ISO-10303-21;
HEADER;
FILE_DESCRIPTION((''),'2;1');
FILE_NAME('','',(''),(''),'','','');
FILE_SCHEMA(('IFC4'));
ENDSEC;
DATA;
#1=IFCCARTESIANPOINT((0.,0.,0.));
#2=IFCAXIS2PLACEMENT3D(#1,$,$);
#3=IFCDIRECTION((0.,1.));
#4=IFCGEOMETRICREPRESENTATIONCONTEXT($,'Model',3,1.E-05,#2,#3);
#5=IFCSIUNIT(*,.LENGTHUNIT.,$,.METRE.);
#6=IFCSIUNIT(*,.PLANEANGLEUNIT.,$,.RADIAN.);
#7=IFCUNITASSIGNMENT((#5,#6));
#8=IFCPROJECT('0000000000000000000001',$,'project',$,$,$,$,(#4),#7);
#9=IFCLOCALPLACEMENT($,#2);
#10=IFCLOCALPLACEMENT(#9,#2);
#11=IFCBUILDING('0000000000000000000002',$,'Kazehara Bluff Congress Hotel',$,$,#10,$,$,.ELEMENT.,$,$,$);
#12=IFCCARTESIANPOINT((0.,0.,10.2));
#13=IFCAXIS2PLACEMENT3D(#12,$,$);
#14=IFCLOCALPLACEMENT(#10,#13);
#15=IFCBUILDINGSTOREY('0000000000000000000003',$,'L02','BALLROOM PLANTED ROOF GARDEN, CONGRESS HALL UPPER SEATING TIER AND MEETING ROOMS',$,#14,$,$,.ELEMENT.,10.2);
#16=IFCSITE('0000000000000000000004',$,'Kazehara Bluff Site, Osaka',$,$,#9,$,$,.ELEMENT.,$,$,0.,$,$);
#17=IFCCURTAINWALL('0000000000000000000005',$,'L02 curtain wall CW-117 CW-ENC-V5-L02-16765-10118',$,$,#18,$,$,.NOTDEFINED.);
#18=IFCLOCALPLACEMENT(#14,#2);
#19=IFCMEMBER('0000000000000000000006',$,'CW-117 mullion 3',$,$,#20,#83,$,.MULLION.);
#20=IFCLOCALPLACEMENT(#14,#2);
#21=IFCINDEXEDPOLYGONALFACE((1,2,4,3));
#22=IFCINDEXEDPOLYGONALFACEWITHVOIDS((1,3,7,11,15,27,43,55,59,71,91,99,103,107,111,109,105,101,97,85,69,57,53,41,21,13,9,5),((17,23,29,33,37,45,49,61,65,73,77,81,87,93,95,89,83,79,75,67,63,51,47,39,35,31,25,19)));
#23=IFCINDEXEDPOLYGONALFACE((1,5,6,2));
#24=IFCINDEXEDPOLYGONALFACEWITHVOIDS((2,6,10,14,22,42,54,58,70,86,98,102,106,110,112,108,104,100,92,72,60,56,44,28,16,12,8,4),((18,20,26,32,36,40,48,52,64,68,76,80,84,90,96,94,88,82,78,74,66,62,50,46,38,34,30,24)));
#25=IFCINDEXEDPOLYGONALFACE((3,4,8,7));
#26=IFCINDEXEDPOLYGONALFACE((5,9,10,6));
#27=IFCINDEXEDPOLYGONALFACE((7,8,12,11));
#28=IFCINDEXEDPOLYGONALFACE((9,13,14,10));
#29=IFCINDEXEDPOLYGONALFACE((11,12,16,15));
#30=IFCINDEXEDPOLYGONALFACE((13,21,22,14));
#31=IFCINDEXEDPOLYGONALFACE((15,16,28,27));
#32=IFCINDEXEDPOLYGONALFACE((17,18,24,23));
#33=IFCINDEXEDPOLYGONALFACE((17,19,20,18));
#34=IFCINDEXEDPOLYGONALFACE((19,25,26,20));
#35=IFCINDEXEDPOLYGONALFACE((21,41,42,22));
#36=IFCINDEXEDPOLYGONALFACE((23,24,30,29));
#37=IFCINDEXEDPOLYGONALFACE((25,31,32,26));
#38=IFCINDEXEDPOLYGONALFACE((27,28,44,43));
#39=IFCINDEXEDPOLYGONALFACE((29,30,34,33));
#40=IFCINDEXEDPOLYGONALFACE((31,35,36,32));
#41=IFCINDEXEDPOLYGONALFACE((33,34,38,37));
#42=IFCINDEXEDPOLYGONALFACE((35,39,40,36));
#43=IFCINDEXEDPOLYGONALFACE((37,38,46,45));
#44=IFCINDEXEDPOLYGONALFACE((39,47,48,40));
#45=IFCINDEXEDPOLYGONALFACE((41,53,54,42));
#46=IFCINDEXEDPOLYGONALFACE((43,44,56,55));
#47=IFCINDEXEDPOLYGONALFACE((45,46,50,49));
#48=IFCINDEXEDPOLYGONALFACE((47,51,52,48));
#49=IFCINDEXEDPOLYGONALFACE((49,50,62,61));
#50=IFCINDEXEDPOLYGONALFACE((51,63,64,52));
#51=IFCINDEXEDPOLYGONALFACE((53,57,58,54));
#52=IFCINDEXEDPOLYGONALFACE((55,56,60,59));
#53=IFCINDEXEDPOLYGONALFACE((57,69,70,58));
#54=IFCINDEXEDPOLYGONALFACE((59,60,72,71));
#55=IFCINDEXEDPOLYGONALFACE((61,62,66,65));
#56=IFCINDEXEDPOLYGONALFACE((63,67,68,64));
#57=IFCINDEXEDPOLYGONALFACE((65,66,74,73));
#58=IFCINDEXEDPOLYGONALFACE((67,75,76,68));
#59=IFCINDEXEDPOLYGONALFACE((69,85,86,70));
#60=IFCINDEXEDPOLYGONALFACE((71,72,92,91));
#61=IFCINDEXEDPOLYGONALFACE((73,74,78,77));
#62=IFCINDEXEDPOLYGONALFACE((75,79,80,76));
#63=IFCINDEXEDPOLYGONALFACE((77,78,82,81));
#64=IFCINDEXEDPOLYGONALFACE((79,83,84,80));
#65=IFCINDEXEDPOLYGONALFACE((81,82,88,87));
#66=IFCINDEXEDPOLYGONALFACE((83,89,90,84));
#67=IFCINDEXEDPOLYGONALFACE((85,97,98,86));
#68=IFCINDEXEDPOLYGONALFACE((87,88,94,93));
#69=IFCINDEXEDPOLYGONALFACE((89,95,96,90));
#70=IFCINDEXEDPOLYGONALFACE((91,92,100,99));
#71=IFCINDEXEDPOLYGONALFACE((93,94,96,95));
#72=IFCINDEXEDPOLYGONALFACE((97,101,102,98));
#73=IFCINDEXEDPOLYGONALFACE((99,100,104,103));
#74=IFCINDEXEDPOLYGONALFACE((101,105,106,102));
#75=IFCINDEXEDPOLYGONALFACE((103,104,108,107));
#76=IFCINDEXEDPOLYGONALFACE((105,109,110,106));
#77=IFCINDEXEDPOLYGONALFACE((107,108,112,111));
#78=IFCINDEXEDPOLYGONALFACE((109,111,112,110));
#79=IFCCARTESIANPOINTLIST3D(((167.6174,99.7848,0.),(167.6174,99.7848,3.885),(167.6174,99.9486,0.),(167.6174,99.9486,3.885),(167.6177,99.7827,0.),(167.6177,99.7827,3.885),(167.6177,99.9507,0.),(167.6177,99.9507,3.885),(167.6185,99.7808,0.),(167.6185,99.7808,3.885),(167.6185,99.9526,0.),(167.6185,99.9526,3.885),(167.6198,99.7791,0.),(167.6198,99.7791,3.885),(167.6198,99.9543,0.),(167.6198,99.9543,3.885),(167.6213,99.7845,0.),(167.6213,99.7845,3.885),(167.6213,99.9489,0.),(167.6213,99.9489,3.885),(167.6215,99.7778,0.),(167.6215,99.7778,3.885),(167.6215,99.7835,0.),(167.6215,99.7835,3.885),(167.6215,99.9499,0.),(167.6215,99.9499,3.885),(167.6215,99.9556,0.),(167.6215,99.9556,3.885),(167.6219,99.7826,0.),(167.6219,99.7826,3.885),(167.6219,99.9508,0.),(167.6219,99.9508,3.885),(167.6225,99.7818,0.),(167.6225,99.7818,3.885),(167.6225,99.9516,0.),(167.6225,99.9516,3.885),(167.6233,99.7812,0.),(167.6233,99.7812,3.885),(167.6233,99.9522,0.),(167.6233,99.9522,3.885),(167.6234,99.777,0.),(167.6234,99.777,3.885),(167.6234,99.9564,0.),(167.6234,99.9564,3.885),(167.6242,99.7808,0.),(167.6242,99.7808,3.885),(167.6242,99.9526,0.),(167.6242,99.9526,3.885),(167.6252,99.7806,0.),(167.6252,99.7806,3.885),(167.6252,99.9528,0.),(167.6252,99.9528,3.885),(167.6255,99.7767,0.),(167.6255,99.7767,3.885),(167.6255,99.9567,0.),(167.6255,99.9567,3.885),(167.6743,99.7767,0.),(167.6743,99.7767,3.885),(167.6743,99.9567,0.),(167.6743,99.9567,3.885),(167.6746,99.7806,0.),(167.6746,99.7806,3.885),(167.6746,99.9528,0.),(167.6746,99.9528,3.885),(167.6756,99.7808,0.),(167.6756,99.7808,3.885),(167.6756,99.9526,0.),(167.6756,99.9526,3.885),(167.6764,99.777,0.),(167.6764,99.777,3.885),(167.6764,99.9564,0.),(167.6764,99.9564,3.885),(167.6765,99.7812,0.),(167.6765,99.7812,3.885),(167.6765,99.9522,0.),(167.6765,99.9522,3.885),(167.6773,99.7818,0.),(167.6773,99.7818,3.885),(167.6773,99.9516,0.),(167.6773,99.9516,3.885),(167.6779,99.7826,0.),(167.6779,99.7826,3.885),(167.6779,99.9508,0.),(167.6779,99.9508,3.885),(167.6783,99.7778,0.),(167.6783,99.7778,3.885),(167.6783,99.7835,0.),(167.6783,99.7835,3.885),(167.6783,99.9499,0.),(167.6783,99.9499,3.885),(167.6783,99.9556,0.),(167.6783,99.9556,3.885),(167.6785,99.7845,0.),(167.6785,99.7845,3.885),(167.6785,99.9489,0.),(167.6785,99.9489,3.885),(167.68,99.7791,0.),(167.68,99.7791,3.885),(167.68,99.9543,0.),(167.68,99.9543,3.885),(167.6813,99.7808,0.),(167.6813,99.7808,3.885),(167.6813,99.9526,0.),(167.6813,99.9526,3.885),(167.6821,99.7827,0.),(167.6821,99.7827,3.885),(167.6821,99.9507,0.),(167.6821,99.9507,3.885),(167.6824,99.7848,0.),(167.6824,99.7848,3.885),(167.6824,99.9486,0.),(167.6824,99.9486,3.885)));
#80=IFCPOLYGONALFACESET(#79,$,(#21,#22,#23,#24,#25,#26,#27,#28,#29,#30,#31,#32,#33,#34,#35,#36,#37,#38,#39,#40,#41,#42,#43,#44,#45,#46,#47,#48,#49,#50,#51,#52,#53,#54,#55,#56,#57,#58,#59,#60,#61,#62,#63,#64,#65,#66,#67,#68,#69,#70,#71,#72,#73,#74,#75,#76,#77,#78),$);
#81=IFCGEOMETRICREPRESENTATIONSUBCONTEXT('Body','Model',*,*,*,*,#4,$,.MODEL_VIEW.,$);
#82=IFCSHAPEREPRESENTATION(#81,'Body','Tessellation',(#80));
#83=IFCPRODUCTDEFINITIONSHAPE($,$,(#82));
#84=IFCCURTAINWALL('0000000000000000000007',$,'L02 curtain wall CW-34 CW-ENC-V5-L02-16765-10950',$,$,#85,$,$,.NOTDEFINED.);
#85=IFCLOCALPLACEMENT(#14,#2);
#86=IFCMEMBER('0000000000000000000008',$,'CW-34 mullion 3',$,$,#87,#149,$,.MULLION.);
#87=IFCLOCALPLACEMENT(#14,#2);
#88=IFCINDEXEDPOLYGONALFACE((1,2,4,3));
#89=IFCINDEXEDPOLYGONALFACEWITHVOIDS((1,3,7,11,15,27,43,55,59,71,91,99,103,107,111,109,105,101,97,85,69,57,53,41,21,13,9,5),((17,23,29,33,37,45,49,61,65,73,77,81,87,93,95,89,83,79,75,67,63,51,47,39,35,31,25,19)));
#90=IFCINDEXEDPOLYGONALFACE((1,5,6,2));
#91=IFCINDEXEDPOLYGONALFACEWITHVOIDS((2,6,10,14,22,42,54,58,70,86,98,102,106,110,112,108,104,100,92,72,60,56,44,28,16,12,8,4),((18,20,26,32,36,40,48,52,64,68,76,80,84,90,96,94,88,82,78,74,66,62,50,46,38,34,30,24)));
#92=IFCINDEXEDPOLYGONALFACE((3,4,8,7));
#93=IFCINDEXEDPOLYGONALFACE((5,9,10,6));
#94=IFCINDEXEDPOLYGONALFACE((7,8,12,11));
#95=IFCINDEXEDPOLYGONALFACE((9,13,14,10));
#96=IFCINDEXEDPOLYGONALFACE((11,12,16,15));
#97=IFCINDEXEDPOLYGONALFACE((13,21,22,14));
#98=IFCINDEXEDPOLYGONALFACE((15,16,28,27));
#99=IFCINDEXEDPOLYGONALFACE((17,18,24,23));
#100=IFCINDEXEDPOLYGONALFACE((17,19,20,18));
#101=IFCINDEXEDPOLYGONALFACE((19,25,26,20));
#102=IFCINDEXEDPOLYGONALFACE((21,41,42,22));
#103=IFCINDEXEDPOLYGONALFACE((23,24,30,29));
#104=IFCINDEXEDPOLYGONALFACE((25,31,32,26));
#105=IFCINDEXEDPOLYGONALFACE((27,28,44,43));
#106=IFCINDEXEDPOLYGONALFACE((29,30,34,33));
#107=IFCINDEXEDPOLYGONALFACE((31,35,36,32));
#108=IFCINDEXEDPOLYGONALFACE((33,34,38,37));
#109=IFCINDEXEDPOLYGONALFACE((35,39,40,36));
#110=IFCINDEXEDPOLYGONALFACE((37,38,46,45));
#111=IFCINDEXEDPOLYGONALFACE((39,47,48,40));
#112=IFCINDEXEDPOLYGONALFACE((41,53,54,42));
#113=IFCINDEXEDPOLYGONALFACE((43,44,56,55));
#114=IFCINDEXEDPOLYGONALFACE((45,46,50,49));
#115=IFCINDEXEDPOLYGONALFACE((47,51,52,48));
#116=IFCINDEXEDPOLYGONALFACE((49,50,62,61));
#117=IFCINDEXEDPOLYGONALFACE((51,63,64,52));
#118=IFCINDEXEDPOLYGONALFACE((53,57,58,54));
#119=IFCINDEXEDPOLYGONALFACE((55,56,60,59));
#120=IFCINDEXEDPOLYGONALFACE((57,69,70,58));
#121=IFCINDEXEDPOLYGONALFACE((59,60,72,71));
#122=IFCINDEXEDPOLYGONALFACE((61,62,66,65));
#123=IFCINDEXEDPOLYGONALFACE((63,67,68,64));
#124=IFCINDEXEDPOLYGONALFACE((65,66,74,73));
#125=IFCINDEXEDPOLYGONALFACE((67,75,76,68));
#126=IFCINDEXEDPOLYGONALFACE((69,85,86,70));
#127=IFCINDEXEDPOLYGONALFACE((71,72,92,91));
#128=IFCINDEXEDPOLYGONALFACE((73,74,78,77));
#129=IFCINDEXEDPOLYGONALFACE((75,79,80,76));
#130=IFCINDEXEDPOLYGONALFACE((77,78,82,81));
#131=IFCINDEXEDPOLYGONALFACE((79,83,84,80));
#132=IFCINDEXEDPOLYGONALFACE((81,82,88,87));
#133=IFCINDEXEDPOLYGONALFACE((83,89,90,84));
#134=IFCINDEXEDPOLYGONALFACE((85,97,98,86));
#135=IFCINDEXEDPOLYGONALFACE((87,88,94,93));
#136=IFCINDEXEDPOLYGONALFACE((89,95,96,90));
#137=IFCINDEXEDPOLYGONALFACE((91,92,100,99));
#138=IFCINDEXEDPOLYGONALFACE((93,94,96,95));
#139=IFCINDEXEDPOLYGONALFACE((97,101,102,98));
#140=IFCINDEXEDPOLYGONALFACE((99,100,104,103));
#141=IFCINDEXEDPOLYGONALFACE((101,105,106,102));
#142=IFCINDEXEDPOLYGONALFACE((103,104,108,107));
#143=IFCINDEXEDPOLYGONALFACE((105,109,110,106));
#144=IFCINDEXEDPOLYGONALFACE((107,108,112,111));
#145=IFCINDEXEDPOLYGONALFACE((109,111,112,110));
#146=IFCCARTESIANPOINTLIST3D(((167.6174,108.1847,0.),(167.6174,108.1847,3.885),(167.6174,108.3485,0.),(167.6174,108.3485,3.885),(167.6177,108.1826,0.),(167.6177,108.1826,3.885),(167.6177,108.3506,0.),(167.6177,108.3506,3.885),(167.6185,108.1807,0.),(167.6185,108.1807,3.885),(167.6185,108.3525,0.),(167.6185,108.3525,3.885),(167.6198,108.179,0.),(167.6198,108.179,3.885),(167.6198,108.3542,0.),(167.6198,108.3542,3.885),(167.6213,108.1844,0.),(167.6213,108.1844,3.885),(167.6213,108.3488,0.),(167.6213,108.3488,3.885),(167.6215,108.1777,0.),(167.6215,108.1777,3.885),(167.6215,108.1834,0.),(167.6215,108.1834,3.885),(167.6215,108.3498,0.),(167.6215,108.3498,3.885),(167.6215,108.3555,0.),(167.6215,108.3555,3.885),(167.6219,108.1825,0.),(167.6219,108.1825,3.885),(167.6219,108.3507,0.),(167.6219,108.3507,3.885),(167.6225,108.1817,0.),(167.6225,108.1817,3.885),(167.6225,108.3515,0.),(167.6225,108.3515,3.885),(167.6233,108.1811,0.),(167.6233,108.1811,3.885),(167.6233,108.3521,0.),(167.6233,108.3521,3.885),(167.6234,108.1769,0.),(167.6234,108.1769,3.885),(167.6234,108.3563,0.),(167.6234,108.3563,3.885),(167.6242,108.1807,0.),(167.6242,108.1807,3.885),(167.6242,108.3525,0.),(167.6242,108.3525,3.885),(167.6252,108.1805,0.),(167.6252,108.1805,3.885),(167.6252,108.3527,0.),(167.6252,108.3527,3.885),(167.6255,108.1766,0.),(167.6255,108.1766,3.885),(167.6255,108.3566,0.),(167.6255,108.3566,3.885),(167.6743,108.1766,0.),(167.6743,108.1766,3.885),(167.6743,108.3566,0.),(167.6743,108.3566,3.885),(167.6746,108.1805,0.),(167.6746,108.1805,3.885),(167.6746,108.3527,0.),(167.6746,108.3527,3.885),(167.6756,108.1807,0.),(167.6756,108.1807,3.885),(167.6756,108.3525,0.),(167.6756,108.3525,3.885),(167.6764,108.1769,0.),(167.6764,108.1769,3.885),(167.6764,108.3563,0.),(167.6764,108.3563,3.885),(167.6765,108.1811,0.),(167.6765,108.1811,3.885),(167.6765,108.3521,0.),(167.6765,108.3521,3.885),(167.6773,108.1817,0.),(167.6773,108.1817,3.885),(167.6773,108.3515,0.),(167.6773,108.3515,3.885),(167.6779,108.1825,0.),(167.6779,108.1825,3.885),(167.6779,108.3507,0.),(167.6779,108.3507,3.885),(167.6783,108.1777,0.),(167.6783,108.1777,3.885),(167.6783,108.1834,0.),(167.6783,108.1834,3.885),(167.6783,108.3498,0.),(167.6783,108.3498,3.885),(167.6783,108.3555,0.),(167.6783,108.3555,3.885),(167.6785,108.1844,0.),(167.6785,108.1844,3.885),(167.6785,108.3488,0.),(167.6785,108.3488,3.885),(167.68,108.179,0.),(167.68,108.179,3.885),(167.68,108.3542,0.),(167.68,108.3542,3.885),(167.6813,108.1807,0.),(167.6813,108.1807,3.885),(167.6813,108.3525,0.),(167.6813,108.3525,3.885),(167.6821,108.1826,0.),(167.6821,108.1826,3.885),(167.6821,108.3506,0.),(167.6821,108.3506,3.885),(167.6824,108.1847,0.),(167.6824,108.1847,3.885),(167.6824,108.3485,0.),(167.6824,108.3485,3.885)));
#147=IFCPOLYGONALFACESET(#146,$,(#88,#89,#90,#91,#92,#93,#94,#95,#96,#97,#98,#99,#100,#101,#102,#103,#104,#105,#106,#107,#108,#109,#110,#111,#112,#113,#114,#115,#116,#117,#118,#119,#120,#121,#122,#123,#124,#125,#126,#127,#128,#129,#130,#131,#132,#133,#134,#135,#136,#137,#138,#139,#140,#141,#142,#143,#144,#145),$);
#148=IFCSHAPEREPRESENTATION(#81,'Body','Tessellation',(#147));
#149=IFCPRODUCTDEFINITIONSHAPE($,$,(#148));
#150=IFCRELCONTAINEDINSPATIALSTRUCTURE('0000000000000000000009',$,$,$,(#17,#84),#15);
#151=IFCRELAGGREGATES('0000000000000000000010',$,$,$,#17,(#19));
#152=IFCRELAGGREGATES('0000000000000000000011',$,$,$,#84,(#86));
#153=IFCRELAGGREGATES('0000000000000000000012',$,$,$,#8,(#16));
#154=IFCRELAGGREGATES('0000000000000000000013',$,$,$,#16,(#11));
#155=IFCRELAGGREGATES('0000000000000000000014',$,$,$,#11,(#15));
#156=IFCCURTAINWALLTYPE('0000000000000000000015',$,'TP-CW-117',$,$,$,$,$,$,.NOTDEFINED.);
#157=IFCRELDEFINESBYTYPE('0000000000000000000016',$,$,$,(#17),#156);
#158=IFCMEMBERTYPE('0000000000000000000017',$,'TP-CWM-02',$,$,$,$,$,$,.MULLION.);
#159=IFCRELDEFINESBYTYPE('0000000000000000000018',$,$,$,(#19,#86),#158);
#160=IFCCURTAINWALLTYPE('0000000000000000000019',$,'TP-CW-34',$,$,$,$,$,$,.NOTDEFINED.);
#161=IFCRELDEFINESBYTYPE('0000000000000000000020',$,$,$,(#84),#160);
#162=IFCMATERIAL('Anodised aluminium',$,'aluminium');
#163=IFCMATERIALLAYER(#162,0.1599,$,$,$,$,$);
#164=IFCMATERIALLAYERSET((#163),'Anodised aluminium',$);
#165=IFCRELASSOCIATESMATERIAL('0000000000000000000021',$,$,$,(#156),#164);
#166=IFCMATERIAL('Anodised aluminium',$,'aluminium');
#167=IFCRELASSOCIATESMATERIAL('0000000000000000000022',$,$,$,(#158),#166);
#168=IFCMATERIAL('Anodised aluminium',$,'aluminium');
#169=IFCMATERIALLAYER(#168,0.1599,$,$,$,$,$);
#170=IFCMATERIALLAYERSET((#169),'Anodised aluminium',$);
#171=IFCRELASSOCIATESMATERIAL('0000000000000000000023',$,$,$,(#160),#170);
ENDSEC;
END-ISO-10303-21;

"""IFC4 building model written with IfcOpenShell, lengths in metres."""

from ifc_helpers import new_model, si_unit, direction, frame, origin, origin_2d, place, context, subcontext, project, spatial, hollow_rectangle, extrude, material, layer, layer_set, material_profile, profile_set, type_object, element, aggregate, save


model = new_model("IFC4")

# Units and contexts
model_context = context("Model", 3, precision=1e-05, world=origin(), true_north=direction((0.0, 1.0)))
body_context = subcontext(model_context, "Body", "Model", "MODEL_VIEW")
ifc_project = project(units=[si_unit("LENGTHUNIT", "METRE"), si_unit("PLANEANGLEUNIT", "RADIAN")], contexts=[model_context])

# Site, building, storey
site_placement = place(None, origin())
site = spatial("IfcSite", under=ifc_project, at=site_placement, Name="Kazehara Bluff Site, Osaka", CompositionType="ELEMENT", RefElevation=0.0)
building_placement = place(site_placement, origin())
building = spatial("IfcBuilding", under=site, at=building_placement, Name="Kazehara Bluff Congress Hotel", CompositionType="ELEMENT")
storey_placement = place(building_placement, frame((0.0, 0.0, 10.2)))
storey = spatial("IfcBuildingStorey", under=building, at=storey_placement, Name="L02", Description="BALLROOM PLANTED ROOF GARDEN, CONGRESS HALL UPPER SEATING TIER AND MEETING ROOMS", CompositionType="ELEMENT", Elevation=10.2)

# Curtain walls, members
ifc_material_1 = material(Name="Anodised aluminium", Category="aluminium")
ifc_layer_1 = layer(ifc_material_1, 0.1599)
ifc_layer_set_1 = layer_set([ifc_layer_1], Name="Anodised aluminium")
curtain_wall_type_1 = type_object("IfcCurtainWallType", Name="TP-CW-117", PredefinedType="NOTDEFINED", material=ifc_layer_set_1)
curtain_wall_1_placement = place(storey_placement, origin())
curtain_wall_1 = element("IfcCurtainWall", 1, at=curtain_wall_1_placement, inside=storey, type_object=curtain_wall_type_1, Name="L02 curtain wall CW-117 CW-ENC-V5-L02-16765-10118", PredefinedType="NOTDEFINED")
ifc_material_2 = material(Name="Anodised aluminium", Category="aluminium")
ifc_material_profile_1 = material_profile(ifc_material_2, hollow_rectangle(XDim=0.0649, YDim=0.1799, WallThickness=0.0039, InnerFilletRadius=0.0039, OuterFilletRadius=0.0081, at=origin_2d()))
ifc_profile_set_1 = profile_set([ifc_material_profile_1], Name="Anodised aluminium")
member_type_1 = type_object("IfcMemberType", Name="TP-CWM-02", PredefinedType="MULLION", material=ifc_profile_set_1)
member_1_placement = place(storey_placement, frame((167.6499, 99.8667, 0.0), z_axis=(0.0, 0.0, 1.0), x_axis=(1.0, 0.0, 0.0)))
member_1 = element("IfcMember", 2, at=member_1_placement, type_object=member_type_1, Name="CW-117 mullion 3", PredefinedType="MULLION", context=body_context, shape_type="SweptSolid", body=[
    extrude(hollow_rectangle(XDim=0.0649, YDim=0.1799, WallThickness=0.0039, InnerFilletRadius=0.0039, OuterFilletRadius=0.0081, at=origin_2d()), origin(), (0.0, 0.0, 1.0), 3.885),
])
ifc_material_3 = material(Name="Anodised aluminium", Category="aluminium")
ifc_layer_2 = layer(ifc_material_3, 0.1599)
ifc_layer_set_2 = layer_set([ifc_layer_2], Name="Anodised aluminium")
curtain_wall_type_2 = type_object("IfcCurtainWallType", Name="TP-CW-34", PredefinedType="NOTDEFINED", material=ifc_layer_set_2)
curtain_wall_2_placement = place(storey_placement, origin())
curtain_wall_2 = element("IfcCurtainWall", 3, at=curtain_wall_2_placement, inside=storey, type_object=curtain_wall_type_2, Name="L02 curtain wall CW-34 CW-ENC-V5-L02-16765-10950", PredefinedType="NOTDEFINED")
member_2_placement = place(storey_placement, frame((167.6499, 108.2666, 0.0), z_axis=(0.0, 0.0, 1.0), x_axis=(1.0, 0.0, 0.0)))
member_2 = element("IfcMember", 4, at=member_2_placement, type_object=member_type_1, Name="CW-34 mullion 3", PredefinedType="MULLION", context=body_context, shape_type="SweptSolid", body=[
    extrude(hollow_rectangle(XDim=0.0649, YDim=0.1799, WallThickness=0.0039, InnerFilletRadius=0.0039, OuterFilletRadius=0.0081, at=origin_2d()), origin(), (0.0, 0.0, 1.0), 3.885),
])

aggregate(curtain_wall_1, [member_1])
aggregate(curtain_wall_2, [member_2])

save(model, "model.ifc")
